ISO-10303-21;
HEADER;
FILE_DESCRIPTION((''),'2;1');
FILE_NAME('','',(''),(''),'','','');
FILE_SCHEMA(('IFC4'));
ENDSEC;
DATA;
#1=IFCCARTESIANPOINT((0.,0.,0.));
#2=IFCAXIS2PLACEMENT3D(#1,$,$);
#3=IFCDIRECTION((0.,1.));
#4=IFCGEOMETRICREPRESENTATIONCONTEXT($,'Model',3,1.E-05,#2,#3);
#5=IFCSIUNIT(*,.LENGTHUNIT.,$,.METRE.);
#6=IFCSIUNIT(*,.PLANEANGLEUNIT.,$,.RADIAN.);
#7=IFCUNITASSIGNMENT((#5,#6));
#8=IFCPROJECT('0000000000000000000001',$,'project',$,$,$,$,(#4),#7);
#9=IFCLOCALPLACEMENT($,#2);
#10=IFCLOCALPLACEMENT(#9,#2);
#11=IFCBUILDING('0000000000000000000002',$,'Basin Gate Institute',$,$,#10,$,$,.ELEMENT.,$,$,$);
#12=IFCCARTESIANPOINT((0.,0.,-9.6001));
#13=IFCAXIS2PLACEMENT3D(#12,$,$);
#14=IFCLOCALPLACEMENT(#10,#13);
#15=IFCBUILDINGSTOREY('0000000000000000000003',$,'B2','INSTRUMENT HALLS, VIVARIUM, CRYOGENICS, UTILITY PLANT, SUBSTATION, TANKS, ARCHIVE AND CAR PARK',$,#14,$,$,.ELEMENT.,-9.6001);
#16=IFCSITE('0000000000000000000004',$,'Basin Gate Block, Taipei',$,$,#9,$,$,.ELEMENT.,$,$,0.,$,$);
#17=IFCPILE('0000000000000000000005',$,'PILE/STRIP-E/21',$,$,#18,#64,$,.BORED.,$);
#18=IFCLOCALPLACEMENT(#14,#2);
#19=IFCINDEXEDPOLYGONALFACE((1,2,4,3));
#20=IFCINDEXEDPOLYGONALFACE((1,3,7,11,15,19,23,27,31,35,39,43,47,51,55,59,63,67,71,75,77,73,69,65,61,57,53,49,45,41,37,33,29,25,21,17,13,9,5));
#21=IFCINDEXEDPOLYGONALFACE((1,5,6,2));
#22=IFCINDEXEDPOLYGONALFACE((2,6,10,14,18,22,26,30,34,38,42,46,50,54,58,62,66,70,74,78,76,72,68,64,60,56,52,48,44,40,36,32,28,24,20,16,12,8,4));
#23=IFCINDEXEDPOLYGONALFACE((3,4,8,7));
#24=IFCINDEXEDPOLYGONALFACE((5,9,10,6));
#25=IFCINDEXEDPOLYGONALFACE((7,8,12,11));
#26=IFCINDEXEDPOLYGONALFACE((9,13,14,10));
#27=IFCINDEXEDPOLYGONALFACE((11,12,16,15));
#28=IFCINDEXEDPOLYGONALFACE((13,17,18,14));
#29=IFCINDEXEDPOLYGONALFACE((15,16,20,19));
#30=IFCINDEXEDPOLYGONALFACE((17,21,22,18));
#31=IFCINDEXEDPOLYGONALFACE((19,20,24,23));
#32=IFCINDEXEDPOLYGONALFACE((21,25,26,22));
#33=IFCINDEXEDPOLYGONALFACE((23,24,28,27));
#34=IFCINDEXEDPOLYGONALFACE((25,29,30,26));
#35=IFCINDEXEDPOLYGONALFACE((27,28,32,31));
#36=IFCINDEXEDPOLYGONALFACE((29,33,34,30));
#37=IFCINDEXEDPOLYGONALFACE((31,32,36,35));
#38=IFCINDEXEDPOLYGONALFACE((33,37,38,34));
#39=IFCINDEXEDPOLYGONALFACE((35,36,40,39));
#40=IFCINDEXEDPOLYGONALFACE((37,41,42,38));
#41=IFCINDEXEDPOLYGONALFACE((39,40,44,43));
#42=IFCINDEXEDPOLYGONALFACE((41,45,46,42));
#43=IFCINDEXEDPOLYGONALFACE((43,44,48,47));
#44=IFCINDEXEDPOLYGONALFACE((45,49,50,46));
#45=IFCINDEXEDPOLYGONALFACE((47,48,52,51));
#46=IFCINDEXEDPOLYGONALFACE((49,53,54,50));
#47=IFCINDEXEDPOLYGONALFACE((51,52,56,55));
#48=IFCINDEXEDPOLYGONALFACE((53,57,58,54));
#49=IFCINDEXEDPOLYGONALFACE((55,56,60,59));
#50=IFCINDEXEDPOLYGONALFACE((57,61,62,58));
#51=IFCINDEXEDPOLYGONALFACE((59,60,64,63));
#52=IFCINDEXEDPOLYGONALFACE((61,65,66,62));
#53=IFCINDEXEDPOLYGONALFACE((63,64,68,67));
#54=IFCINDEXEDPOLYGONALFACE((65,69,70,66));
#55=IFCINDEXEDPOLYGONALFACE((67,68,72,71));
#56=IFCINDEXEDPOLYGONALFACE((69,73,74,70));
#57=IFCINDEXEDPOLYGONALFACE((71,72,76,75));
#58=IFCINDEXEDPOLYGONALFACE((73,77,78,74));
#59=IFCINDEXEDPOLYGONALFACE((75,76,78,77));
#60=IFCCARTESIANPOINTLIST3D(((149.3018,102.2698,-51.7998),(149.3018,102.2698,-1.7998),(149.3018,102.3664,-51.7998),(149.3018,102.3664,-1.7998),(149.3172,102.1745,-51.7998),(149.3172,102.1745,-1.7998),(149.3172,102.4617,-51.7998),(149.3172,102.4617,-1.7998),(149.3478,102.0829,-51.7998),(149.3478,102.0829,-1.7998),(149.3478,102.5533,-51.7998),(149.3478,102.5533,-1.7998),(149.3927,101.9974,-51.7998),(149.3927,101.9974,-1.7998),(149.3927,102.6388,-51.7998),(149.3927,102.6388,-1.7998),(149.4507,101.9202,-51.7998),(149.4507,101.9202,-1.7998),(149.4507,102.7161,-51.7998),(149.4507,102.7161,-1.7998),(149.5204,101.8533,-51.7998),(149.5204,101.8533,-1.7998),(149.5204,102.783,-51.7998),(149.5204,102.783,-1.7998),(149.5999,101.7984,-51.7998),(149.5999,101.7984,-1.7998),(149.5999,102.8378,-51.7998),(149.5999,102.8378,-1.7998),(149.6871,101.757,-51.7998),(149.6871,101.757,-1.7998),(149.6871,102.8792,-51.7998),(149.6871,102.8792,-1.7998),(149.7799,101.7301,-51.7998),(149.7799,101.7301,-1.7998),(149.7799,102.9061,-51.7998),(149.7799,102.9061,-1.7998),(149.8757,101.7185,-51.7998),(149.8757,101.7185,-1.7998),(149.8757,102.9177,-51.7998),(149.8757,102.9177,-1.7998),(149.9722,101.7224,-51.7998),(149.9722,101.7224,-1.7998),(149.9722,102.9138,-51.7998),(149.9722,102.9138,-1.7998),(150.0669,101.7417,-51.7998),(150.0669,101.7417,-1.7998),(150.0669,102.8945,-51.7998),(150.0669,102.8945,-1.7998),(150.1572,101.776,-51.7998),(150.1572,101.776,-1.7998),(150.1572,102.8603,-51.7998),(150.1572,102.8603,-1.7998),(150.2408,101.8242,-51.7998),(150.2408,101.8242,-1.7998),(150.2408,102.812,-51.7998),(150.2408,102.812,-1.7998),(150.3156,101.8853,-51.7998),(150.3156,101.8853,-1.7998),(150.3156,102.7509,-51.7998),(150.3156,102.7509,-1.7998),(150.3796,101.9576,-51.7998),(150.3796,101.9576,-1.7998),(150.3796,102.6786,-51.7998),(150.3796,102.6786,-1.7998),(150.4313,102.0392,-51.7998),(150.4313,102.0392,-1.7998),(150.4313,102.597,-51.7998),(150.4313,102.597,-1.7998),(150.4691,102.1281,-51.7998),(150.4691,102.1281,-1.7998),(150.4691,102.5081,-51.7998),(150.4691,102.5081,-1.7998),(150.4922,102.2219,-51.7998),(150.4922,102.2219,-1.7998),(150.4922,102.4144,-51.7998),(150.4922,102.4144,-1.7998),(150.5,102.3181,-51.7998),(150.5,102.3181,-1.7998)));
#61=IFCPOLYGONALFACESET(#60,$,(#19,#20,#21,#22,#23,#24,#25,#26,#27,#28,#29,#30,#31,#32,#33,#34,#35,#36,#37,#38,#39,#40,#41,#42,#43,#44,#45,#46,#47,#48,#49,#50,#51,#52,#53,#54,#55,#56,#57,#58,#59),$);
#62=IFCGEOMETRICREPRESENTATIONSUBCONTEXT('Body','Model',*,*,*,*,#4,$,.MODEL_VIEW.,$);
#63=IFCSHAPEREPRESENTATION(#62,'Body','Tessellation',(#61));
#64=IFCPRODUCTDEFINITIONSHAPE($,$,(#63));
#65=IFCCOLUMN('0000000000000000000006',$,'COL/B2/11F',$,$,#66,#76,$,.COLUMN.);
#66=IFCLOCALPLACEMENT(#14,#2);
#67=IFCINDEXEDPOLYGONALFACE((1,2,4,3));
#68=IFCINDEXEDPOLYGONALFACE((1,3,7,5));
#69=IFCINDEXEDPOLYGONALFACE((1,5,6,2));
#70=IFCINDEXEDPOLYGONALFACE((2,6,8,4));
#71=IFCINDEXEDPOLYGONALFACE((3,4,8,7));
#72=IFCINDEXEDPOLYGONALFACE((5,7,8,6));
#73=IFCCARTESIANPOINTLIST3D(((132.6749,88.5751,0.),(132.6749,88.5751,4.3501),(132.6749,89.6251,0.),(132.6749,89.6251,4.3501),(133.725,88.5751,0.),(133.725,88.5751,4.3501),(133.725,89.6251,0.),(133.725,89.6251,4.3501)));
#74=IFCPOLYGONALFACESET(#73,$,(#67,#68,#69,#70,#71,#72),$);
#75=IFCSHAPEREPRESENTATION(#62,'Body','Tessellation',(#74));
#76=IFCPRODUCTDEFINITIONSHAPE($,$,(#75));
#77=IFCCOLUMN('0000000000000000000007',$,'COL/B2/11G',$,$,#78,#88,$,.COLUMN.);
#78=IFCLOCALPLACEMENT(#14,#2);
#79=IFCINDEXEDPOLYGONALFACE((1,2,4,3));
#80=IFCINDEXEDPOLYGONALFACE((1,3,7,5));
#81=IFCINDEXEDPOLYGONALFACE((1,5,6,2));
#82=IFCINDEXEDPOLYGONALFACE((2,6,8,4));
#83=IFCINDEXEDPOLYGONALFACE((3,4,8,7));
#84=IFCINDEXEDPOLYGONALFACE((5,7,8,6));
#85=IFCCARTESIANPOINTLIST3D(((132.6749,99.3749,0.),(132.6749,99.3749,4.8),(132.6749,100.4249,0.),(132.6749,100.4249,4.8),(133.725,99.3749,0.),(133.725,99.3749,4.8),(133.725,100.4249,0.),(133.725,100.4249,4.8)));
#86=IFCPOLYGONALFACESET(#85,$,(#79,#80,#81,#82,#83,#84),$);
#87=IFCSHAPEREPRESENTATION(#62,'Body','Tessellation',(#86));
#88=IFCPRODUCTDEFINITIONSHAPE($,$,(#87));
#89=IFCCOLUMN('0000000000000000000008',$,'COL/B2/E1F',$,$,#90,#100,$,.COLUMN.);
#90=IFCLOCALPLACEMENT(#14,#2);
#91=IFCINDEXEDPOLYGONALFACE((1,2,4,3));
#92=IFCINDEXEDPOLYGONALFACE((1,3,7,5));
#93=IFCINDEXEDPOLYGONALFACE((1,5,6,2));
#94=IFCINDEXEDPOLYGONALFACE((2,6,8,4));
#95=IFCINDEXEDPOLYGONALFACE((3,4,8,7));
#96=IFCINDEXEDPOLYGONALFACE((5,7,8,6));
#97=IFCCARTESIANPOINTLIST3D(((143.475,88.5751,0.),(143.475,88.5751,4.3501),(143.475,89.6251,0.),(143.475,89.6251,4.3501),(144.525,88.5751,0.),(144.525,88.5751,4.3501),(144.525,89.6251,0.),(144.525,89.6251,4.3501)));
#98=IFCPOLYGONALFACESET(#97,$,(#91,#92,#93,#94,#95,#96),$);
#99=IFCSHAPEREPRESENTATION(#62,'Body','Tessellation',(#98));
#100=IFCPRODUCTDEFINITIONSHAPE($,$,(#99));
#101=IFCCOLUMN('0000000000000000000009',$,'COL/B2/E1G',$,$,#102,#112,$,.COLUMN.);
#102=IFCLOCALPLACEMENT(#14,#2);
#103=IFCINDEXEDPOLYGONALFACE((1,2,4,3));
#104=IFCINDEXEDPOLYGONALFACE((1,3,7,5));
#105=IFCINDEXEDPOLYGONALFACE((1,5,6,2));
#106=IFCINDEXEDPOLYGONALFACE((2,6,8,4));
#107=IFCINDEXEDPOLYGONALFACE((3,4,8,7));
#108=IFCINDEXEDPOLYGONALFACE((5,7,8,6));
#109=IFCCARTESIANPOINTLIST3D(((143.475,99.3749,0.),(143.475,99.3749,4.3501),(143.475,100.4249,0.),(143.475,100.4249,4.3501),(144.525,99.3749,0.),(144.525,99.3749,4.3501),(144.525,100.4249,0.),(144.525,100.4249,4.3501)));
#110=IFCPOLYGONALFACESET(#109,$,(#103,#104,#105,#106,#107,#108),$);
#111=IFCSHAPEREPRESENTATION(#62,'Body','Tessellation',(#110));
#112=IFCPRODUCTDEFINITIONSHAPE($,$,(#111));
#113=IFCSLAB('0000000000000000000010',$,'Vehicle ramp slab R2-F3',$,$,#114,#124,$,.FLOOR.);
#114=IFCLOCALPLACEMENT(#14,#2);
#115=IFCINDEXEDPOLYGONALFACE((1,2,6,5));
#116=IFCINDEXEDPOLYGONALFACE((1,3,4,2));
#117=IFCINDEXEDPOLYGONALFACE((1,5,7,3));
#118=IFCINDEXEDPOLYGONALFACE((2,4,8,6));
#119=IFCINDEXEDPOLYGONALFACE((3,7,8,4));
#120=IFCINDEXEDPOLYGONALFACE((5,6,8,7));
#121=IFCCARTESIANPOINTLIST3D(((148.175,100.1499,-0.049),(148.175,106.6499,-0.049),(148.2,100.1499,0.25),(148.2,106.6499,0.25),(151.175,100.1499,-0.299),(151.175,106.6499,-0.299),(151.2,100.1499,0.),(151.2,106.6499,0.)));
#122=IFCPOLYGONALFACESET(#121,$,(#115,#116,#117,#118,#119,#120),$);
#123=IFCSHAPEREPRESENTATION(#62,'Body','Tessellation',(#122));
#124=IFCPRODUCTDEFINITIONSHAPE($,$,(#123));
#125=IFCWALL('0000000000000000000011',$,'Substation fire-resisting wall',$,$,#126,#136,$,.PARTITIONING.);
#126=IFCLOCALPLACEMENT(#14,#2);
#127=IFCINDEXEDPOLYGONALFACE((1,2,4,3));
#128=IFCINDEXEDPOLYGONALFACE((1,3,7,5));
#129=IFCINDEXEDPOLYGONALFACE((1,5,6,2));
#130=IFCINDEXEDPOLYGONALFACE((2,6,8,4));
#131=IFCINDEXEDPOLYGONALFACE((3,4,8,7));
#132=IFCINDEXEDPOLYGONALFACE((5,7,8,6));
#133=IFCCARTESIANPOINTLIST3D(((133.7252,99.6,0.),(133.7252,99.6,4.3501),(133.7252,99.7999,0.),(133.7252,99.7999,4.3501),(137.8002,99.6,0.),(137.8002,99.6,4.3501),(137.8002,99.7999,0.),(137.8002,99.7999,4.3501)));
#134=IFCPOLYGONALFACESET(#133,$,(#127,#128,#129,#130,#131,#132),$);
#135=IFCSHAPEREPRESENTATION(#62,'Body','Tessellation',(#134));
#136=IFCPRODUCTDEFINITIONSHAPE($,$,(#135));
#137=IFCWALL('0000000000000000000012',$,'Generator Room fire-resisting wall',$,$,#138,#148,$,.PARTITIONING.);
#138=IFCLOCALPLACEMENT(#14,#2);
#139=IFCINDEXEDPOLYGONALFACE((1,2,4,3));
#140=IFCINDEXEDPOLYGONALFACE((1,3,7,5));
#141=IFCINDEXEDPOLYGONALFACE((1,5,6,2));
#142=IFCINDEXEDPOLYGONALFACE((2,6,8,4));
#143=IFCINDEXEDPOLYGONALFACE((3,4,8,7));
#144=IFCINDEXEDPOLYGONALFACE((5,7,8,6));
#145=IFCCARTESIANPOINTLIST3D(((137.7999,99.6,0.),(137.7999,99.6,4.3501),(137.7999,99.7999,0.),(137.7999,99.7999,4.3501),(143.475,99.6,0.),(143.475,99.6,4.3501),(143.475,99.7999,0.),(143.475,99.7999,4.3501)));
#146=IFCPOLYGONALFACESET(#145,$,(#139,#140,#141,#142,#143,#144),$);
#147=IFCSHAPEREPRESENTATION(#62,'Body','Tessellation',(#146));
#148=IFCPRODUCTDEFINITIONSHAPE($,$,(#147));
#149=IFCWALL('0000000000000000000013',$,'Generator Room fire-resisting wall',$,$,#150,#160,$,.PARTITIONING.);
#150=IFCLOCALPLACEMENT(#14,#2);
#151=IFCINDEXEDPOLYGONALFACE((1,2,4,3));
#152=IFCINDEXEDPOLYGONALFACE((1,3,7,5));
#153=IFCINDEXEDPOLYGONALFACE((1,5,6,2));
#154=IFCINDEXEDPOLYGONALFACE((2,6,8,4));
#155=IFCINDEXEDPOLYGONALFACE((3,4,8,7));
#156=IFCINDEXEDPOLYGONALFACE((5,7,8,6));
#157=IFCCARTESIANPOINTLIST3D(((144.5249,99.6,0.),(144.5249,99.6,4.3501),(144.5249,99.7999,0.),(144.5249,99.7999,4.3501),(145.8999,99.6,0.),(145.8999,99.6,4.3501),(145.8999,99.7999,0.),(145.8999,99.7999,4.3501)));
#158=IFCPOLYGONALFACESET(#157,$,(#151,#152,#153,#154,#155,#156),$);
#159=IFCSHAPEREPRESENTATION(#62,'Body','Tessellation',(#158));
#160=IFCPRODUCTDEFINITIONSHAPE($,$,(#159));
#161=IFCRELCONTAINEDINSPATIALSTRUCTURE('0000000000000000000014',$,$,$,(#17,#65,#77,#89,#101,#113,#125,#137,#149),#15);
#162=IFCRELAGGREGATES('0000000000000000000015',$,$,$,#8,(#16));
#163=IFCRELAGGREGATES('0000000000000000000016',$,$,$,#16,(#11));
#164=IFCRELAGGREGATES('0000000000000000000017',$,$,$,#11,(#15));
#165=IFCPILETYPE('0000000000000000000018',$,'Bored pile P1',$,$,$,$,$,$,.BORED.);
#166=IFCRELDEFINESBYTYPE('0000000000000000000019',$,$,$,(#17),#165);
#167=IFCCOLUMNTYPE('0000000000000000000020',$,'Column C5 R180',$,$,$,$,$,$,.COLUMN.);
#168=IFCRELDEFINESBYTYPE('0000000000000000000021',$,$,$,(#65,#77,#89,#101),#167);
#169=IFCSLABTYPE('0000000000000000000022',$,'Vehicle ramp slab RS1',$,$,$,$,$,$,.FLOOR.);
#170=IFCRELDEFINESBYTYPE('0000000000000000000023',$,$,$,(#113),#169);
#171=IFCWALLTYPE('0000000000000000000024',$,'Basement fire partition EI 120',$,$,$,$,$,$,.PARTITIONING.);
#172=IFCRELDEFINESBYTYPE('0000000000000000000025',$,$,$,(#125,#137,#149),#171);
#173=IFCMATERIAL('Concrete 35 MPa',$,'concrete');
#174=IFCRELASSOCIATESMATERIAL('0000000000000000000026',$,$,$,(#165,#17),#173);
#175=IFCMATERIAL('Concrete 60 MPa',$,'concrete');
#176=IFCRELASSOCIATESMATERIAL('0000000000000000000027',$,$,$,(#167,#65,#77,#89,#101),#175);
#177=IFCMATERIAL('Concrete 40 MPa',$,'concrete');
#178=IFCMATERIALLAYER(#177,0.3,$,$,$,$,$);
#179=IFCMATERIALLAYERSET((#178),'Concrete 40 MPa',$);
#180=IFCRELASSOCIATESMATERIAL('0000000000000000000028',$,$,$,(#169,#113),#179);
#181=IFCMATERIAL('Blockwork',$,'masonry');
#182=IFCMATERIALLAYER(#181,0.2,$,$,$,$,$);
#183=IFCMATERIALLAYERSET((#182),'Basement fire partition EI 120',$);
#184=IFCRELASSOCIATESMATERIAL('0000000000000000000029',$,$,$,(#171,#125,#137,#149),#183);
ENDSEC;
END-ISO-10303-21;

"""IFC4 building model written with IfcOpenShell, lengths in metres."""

from ifc_helpers import new_model, si_unit, direction, frame, frame_2d, origin, origin_2d, place, context, subcontext, project, spatial, polyline, rectangle, circle, outline, extrude, material, layer, layer_set, material_profile, profile_set, type_object, element, save


model = new_model("IFC4")

# Units and contexts
model_context = context("Model", 3, precision=1e-05, world=origin(), true_north=direction((0.0, 1.0)))
body_context = subcontext(model_context, "Body", "Model", "MODEL_VIEW")
ifc_project = project(units=[si_unit("LENGTHUNIT", "METRE"), si_unit("PLANEANGLEUNIT", "RADIAN")], contexts=[model_context])

# Site, building, storey
site_placement = place(None, origin())
site = spatial("IfcSite", under=ifc_project, at=site_placement, Name="Basin Gate Block, Taipei", CompositionType="ELEMENT", RefElevation=0.0)
building_placement = place(site_placement, origin())
building = spatial("IfcBuilding", under=site, at=building_placement, Name="Basin Gate Institute", CompositionType="ELEMENT")
storey_placement = place(building_placement, frame((0.0, 0.0, -9.6001)))
storey = spatial("IfcBuildingStorey", under=building, at=storey_placement, Name="B2", Description="INSTRUMENT HALLS, VIVARIUM, CRYOGENICS, UTILITY PLANT, SUBSTATION, TANKS, ARCHIVE AND CAR PARK", CompositionType="ELEMENT", Elevation=-9.6001)

# Pile
ifc_material_1 = material(Name="Concrete 35 MPa", Category="concrete")
ifc_material_profile_1 = material_profile(ifc_material_1, circle(Radius=0.6001, at=origin_2d()), Name="Bored pile P1 1200 dia")
ifc_profile_set_1 = profile_set([ifc_material_profile_1], Name="Concrete 35 MPa")
pile_type = type_object("IfcPileType", Name="Bored pile P1", PredefinedType="BORED", material=ifc_profile_set_1)
for number, where, z_axis, x_axis, name in (
    (1, (149.8999, 102.3181, -1.7998), (0.0, 0.0, -1.0), (1.0, 0.0, 0.0), "PILE/STRIP-E/21"),
):
    element("IfcPile", number, at=place(storey_placement, frame(where, z_axis=z_axis, x_axis=x_axis)), inside=storey, type_object=pile_type, material=ifc_profile_set_1, Name=name, PredefinedType="BORED", context=body_context, shape_type="SweptSolid", body=[
        extrude(circle(Radius=0.6001, at=origin_2d()), origin(), (0.0, 0.0, 1.0), 50.0),
    ])

# Columns
ifc_material_2 = material(Name="Concrete 60 MPa", Category="concrete")
ifc_material_profile_2 = material_profile(ifc_material_2, rectangle(XDim=1.05, YDim=1.05, at=origin_2d()), Name="Column C5 1050 x 1050")
ifc_profile_set_2 = profile_set([ifc_material_profile_2], Name="Concrete 60 MPa")
column_type = type_object("IfcColumnType", Name="Column C5 R180", PredefinedType="COLUMN", material=ifc_profile_set_2)
column_1_placement = place(storey_placement, frame((133.2, 89.1001, 0.0), z_axis=(0.0, 0.0, 1.0), x_axis=(1.0, 0.0, 0.0)))
element("IfcColumn", 2, at=column_1_placement, inside=storey, type_object=column_type, material=ifc_profile_set_2, Name="COL/B2/11F", PredefinedType="COLUMN", context=body_context, shape_type="SweptSolid", body=[
    extrude(rectangle(XDim=1.05, YDim=1.05, at=origin_2d()), origin(), (0.0, 0.0, 1.0), 4.3501),
])
column_2_placement = place(storey_placement, frame((133.2, 99.8999, 0.0), z_axis=(0.0, 0.0, 1.0), x_axis=(1.0, 0.0, 0.0)))
element("IfcColumn", 3, at=column_2_placement, inside=storey, type_object=column_type, material=ifc_profile_set_2, Name="COL/B2/11G", PredefinedType="COLUMN", context=body_context, shape_type="SweptSolid", body=[
    extrude(rectangle(XDim=1.05, YDim=1.05, at=origin_2d()), origin(), (0.0, 0.0, 1.0), 4.8),
])
for number, where, z_axis, x_axis, name in (
    (4, (144.0, 89.1001, 0.0), (0.0, 0.0, 1.0), (1.0, 0.0, 0.0), "COL/B2/E1F"),
    (5, (144.0, 99.8999, 0.0), (0.0, 0.0, 1.0), (1.0, 0.0, 0.0), "COL/B2/E1G"),
):
    element("IfcColumn", number, at=place(storey_placement, frame(where, z_axis=z_axis, x_axis=x_axis)), inside=storey, type_object=column_type, material=ifc_profile_set_2, Name=name, PredefinedType="COLUMN", context=body_context, shape_type="SweptSolid", body=[
        extrude(rectangle(XDim=1.05, YDim=1.05, at=origin_2d()), origin(), (0.0, 0.0, 1.0), 4.3501),
    ])

# Slab
ifc_material_3 = material(Name="Concrete 40 MPa", Category="concrete")
ifc_layer_1 = layer(ifc_material_3, 0.3)
ifc_layer_set_1 = layer_set([ifc_layer_1], Name="Concrete 40 MPa")
slab_type = type_object("IfcSlabType", Name="Vehicle ramp slab RS1", PredefinedType="FLOOR", material=ifc_layer_set_1)
slab_placement = place(storey_placement, frame((148.2, 100.1499, 0.25), z_axis=(0.083045, 0.0, 0.996546), x_axis=(0.996546, 0.0, -0.083045)))
element("IfcSlab", 6, at=slab_placement, inside=storey, type_object=slab_type, material=ifc_layer_set_1, Name="Vehicle ramp slab R2-F3", PredefinedType="FLOOR", context=body_context, shape_type="SweptSolid", body=[
    extrude(outline(polyline([(0.0, 0.0), (3.0104, 0.0), (3.0104, 6.5), (0.0, 6.5), (0.0, 0.0)])), origin(), (0.0, 0.0, -1.0), 0.3),
])

# Walls
ifc_material_4 = material(Name="Blockwork", Category="masonry")
ifc_layer_2 = layer(ifc_material_4, 0.2)
ifc_layer_set_2 = layer_set([ifc_layer_2], Name="Basement fire partition EI 120")
wall_type = type_object("IfcWallType", Name="Basement fire partition EI 120", PredefinedType="PARTITIONING", material=ifc_layer_set_2)
wall_1_placement = place(storey_placement, frame((133.7251, 99.7, 0.0), z_axis=(0.0, 0.0, 1.0), x_axis=(1.0, 0.0, 0.0)))
element("IfcWall", 7, at=wall_1_placement, inside=storey, type_object=wall_type, material=ifc_layer_set_2, Name="Substation fire-resisting wall", PredefinedType="PARTITIONING", context=body_context, shape_type="SweptSolid", body=[
    extrude(rectangle(XDim=4.075, YDim=0.2, at=frame_2d((2.0376, 0.0))), origin(), (0.0, 0.0, 1.0), 4.3501),
])
wall_2_placement = place(storey_placement, frame((137.8, 99.7, 0.0), z_axis=(0.0, 0.0, 1.0), x_axis=(1.0, 0.0, 0.0)))
element("IfcWall", 8, at=wall_2_placement, inside=storey, type_object=wall_type, material=ifc_layer_set_2, Name="Generator Room fire-resisting wall", PredefinedType="PARTITIONING", context=body_context, shape_type="SweptSolid", body=[
    extrude(rectangle(XDim=5.675, YDim=0.2, at=frame_2d((2.8374, 0.0))), origin(), (0.0, 0.0, 1.0), 4.3501),
])
wall_3_placement = place(storey_placement, frame((144.5249, 99.7, 0.0), z_axis=(0.0, 0.0, 1.0), x_axis=(1.0, 0.0, 0.0)))
element("IfcWall", 9, at=wall_3_placement, inside=storey, type_object=wall_type, material=ifc_layer_set_2, Name="Generator Room fire-resisting wall", PredefinedType="PARTITIONING", context=body_context, shape_type="SweptSolid", body=[
    extrude(rectangle(XDim=1.375, YDim=0.2, at=frame_2d((0.6875, 0.0))), origin(), (0.0, 0.0, 1.0), 4.3501),
])

save(model, "model.ifc")
